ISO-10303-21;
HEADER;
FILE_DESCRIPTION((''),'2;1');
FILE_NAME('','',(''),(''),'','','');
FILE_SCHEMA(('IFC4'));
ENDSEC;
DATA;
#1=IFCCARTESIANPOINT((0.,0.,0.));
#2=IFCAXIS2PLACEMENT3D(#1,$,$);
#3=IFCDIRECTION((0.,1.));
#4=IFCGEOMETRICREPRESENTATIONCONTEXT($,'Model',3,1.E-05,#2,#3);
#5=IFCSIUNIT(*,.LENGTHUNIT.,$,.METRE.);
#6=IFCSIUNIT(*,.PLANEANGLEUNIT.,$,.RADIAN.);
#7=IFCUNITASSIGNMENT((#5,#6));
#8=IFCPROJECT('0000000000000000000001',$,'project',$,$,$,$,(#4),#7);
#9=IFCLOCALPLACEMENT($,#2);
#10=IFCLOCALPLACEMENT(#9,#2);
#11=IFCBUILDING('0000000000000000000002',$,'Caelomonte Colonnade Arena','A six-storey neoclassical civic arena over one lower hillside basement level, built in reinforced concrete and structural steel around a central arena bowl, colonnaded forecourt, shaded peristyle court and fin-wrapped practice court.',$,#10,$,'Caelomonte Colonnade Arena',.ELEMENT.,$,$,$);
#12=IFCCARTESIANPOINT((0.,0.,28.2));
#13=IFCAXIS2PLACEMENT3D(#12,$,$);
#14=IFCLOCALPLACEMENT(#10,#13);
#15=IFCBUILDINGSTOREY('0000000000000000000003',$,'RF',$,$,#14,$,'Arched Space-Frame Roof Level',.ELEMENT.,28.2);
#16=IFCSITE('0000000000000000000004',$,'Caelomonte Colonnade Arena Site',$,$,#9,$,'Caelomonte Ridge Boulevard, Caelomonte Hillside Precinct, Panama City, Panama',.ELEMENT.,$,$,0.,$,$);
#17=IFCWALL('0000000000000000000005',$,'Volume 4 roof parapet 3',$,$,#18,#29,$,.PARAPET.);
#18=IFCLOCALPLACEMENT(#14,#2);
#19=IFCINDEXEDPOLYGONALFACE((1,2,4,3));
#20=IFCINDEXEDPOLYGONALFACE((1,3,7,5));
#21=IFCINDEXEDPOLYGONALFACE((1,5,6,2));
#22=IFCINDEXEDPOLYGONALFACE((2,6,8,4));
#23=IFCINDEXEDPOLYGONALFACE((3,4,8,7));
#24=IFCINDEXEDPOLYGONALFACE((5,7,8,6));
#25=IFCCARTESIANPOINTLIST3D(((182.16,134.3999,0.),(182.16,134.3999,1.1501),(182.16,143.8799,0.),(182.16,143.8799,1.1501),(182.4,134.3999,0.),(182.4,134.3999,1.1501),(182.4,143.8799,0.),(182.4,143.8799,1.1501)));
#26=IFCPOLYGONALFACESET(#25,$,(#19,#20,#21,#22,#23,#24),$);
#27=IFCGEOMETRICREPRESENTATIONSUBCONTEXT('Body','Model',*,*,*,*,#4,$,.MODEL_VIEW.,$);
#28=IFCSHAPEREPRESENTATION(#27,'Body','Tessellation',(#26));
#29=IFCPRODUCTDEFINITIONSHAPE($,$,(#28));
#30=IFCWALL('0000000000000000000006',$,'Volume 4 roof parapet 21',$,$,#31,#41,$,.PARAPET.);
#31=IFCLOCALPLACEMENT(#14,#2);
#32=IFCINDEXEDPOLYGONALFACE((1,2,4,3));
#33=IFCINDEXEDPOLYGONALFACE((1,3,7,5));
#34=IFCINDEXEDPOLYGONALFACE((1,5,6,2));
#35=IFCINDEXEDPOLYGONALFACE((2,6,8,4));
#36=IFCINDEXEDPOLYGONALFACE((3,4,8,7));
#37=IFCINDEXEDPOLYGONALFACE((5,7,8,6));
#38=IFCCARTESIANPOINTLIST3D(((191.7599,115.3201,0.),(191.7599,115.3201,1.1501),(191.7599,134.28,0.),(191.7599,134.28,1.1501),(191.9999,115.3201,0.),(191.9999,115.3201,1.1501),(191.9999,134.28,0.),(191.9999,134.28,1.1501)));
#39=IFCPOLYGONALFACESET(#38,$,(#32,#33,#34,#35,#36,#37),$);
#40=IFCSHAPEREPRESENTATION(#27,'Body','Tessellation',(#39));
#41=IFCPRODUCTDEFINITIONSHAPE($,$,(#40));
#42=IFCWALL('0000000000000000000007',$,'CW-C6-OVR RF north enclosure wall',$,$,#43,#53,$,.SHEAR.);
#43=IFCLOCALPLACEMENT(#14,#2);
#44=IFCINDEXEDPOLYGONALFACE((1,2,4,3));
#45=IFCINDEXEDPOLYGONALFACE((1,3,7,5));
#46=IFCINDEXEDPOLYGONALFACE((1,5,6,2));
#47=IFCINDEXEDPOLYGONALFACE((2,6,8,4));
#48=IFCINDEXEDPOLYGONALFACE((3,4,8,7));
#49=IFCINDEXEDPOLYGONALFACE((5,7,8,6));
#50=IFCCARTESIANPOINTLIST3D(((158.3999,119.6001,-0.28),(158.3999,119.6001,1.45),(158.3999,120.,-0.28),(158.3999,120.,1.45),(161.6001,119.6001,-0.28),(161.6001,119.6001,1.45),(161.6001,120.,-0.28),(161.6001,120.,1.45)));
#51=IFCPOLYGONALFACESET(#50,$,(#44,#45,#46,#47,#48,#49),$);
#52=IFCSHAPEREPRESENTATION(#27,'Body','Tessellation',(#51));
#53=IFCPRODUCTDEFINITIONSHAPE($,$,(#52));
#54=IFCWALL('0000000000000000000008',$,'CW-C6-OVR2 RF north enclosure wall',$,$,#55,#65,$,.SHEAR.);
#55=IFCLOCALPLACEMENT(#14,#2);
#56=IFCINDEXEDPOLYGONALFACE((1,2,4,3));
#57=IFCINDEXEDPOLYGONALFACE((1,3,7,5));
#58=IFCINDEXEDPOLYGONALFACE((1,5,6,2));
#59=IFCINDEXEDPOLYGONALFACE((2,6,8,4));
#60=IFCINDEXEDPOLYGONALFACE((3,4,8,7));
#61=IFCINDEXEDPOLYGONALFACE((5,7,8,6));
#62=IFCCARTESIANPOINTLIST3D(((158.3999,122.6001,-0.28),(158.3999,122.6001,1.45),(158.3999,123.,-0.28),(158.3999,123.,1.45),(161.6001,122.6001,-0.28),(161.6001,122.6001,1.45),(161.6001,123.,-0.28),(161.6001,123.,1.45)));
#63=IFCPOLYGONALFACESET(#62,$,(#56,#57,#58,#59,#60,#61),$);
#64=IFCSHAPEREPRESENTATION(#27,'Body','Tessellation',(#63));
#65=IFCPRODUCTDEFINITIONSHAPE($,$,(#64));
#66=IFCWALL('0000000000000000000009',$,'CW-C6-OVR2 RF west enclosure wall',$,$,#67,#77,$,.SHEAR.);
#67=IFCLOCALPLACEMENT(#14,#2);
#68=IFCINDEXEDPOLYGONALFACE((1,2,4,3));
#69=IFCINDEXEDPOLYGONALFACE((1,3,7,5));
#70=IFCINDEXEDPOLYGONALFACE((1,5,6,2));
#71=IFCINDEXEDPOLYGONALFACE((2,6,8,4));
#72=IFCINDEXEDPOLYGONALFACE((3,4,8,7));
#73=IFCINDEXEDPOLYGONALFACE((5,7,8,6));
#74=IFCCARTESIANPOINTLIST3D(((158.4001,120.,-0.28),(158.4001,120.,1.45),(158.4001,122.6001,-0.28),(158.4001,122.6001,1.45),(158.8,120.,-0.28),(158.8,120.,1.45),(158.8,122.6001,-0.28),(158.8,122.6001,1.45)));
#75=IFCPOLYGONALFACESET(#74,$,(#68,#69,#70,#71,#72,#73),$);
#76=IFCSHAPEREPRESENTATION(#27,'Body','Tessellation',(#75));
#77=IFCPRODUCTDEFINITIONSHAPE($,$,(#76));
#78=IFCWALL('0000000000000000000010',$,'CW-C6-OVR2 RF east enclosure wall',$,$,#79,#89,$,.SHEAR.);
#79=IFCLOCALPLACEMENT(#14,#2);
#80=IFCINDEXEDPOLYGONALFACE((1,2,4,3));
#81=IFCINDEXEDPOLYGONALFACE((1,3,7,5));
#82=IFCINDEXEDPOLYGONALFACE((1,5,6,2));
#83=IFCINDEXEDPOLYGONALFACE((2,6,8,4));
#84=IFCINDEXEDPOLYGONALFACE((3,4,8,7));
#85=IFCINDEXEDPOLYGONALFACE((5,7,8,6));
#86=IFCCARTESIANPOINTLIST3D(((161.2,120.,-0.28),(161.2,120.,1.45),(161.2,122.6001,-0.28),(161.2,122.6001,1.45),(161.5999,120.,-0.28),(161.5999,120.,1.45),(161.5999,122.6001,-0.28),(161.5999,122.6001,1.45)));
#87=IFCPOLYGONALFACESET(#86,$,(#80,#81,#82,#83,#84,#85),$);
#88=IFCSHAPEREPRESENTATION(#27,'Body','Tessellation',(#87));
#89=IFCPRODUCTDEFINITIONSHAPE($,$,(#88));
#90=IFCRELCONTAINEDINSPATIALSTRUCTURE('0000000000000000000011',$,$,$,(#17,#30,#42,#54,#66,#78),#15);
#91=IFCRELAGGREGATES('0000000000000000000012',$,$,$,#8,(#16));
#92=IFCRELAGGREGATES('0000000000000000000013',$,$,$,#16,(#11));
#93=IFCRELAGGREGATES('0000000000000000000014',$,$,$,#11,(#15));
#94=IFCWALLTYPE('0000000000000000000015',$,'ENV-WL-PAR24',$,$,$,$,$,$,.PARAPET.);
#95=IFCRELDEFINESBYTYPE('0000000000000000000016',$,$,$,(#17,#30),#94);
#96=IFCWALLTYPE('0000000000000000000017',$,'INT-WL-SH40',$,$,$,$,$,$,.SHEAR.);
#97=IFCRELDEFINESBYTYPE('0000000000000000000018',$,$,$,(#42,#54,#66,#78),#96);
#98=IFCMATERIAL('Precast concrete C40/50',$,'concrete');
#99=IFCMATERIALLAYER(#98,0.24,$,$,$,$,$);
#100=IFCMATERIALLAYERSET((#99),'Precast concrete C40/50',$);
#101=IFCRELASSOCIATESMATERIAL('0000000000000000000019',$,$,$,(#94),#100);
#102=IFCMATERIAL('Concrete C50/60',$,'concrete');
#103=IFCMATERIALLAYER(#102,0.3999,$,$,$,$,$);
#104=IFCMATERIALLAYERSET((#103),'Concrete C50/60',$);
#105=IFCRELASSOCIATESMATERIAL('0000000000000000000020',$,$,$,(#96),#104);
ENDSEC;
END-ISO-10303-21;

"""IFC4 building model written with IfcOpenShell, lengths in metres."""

from ifc_helpers import new_model, si_unit, direction, frame, frame_2d, origin, place, context, subcontext, project, spatial, rectangle, extrude, material, layer, layer_set, type_object, element, save


model = new_model("IFC4")

# Units and contexts
model_context = context("Model", 3, precision=1e-05, world=origin(), true_north=direction((0.0, 1.0)))
body_context = subcontext(model_context, "Body", "Model", "MODEL_VIEW")
ifc_project = project(units=[si_unit("LENGTHUNIT", "METRE"), si_unit("PLANEANGLEUNIT", "RADIAN")], contexts=[model_context])

# Site, building, storey
site_placement = place(None, origin())
site = spatial("IfcSite", under=ifc_project, at=site_placement, Name="Caelomonte Colonnade Arena Site", LongName="Caelomonte Ridge Boulevard, Caelomonte Hillside Precinct, Panama City, Panama", CompositionType="ELEMENT", RefElevation=0.0)
building_placement = place(site_placement, origin())
building = spatial("IfcBuilding", under=site, at=building_placement, Name="Caelomonte Colonnade Arena", Description="A six-storey neoclassical civic arena over one lower hillside basement level, built in reinforced concrete and structural steel around a central arena bowl, colonnaded forecourt, shaded peristyle court and fin-wrapped practice court.", LongName="Caelomonte Colonnade Arena", CompositionType="ELEMENT")
storey_placement = place(building_placement, frame((0.0, 0.0, 28.2)))
storey = spatial("IfcBuildingStorey", under=building, at=storey_placement, Name="RF", LongName="Arched Space-Frame Roof Level", CompositionType="ELEMENT", Elevation=28.2)

# Walls
ifc_material_1 = material(Name="Precast concrete C40/50", Category="concrete")
ifc_layer_1 = layer(ifc_material_1, 0.24)
ifc_layer_set_1 = layer_set([ifc_layer_1], Name="Precast concrete C40/50")
wall_type_1 = type_object("IfcWallType", Name="ENV-WL-PAR24", PredefinedType="PARAPET", material=ifc_layer_set_1)
wall_1_placement = place(storey_placement, frame((182.28, 143.8799, 0.0), z_axis=(0.0, 0.0, 1.0), x_axis=(0.0, -1.0, 0.0)))
element("IfcWall", 1, at=wall_1_placement, inside=storey, type_object=wall_type_1, Name="Volume 4 roof parapet 3", PredefinedType="PARAPET", context=body_context, shape_type="SweptSolid", body=[
    extrude(rectangle(XDim=9.48, YDim=0.24, at=frame_2d((4.74, 0.0))), origin(), (0.0, 0.0, 1.0), 1.1501),
])
wall_2_placement = place(storey_placement, frame((191.8799, 134.28, 0.0), z_axis=(0.0, 0.0, 1.0), x_axis=(0.0, -1.0, 0.0)))
element("IfcWall", 2, at=wall_2_placement, inside=storey, type_object=wall_type_1, Name="Volume 4 roof parapet 21", PredefinedType="PARAPET", context=body_context, shape_type="SweptSolid", body=[
    extrude(rectangle(XDim=18.96, YDim=0.24, at=frame_2d((9.48, 0.0))), origin(), (0.0, 0.0, 1.0), 1.1501),
])
ifc_material_2 = material(Name="Concrete C50/60", Category="concrete")
ifc_layer_2 = layer(ifc_material_2, 0.3999)
ifc_layer_set_2 = layer_set([ifc_layer_2], Name="Concrete C50/60")
wall_type_2 = type_object("IfcWallType", Name="INT-WL-SH40", PredefinedType="SHEAR", material=ifc_layer_set_2)
for number, where, z_axis, x_axis, name in (
    (3, (161.6001, 119.8, -0.28), (0.0, 0.0, 1.0), (-1.0, 0.0, 0.0), "CW-C6-OVR RF north enclosure wall"),
    (4, (161.6001, 122.8, -0.28), (0.0, 0.0, 1.0), (-1.0, 0.0, 0.0), "CW-C6-OVR2 RF north enclosure wall"),
):
    element("IfcWall", number, at=place(storey_placement, frame(where, z_axis=z_axis, x_axis=x_axis)), inside=storey, type_object=wall_type_2, Name=name, PredefinedType="SHEAR", context=body_context, shape_type="SweptSolid", body=[
        extrude(rectangle(XDim=3.2002, YDim=0.3999, at=frame_2d((1.6001, 0.0))), origin(), (0.0, 0.0, 1.0), 1.73),
    ])
for number, where, z_axis, x_axis, name in (
    (5, (158.6001, 122.6001, -0.28), (0.0, 0.0, 1.0), (0.0, -1.0, 0.0), "CW-C6-OVR2 RF west enclosure wall"),
    (6, (161.3999, 120.0, -0.28), (0.0, 0.0, 1.0), (0.0, 1.0, 0.0), "CW-C6-OVR2 RF east enclosure wall"),
):
    element("IfcWall", number, at=place(storey_placement, frame(where, z_axis=z_axis, x_axis=x_axis)), inside=storey, type_object=wall_type_2, Name=name, PredefinedType="SHEAR", context=body_context, shape_type="SweptSolid", body=[
        extrude(rectangle(XDim=2.6001, YDim=0.3999, at=frame_2d((1.3, 0.0))), origin(), (0.0, 0.0, 1.0), 1.73),
    ])

save(model, "model.ifc")
